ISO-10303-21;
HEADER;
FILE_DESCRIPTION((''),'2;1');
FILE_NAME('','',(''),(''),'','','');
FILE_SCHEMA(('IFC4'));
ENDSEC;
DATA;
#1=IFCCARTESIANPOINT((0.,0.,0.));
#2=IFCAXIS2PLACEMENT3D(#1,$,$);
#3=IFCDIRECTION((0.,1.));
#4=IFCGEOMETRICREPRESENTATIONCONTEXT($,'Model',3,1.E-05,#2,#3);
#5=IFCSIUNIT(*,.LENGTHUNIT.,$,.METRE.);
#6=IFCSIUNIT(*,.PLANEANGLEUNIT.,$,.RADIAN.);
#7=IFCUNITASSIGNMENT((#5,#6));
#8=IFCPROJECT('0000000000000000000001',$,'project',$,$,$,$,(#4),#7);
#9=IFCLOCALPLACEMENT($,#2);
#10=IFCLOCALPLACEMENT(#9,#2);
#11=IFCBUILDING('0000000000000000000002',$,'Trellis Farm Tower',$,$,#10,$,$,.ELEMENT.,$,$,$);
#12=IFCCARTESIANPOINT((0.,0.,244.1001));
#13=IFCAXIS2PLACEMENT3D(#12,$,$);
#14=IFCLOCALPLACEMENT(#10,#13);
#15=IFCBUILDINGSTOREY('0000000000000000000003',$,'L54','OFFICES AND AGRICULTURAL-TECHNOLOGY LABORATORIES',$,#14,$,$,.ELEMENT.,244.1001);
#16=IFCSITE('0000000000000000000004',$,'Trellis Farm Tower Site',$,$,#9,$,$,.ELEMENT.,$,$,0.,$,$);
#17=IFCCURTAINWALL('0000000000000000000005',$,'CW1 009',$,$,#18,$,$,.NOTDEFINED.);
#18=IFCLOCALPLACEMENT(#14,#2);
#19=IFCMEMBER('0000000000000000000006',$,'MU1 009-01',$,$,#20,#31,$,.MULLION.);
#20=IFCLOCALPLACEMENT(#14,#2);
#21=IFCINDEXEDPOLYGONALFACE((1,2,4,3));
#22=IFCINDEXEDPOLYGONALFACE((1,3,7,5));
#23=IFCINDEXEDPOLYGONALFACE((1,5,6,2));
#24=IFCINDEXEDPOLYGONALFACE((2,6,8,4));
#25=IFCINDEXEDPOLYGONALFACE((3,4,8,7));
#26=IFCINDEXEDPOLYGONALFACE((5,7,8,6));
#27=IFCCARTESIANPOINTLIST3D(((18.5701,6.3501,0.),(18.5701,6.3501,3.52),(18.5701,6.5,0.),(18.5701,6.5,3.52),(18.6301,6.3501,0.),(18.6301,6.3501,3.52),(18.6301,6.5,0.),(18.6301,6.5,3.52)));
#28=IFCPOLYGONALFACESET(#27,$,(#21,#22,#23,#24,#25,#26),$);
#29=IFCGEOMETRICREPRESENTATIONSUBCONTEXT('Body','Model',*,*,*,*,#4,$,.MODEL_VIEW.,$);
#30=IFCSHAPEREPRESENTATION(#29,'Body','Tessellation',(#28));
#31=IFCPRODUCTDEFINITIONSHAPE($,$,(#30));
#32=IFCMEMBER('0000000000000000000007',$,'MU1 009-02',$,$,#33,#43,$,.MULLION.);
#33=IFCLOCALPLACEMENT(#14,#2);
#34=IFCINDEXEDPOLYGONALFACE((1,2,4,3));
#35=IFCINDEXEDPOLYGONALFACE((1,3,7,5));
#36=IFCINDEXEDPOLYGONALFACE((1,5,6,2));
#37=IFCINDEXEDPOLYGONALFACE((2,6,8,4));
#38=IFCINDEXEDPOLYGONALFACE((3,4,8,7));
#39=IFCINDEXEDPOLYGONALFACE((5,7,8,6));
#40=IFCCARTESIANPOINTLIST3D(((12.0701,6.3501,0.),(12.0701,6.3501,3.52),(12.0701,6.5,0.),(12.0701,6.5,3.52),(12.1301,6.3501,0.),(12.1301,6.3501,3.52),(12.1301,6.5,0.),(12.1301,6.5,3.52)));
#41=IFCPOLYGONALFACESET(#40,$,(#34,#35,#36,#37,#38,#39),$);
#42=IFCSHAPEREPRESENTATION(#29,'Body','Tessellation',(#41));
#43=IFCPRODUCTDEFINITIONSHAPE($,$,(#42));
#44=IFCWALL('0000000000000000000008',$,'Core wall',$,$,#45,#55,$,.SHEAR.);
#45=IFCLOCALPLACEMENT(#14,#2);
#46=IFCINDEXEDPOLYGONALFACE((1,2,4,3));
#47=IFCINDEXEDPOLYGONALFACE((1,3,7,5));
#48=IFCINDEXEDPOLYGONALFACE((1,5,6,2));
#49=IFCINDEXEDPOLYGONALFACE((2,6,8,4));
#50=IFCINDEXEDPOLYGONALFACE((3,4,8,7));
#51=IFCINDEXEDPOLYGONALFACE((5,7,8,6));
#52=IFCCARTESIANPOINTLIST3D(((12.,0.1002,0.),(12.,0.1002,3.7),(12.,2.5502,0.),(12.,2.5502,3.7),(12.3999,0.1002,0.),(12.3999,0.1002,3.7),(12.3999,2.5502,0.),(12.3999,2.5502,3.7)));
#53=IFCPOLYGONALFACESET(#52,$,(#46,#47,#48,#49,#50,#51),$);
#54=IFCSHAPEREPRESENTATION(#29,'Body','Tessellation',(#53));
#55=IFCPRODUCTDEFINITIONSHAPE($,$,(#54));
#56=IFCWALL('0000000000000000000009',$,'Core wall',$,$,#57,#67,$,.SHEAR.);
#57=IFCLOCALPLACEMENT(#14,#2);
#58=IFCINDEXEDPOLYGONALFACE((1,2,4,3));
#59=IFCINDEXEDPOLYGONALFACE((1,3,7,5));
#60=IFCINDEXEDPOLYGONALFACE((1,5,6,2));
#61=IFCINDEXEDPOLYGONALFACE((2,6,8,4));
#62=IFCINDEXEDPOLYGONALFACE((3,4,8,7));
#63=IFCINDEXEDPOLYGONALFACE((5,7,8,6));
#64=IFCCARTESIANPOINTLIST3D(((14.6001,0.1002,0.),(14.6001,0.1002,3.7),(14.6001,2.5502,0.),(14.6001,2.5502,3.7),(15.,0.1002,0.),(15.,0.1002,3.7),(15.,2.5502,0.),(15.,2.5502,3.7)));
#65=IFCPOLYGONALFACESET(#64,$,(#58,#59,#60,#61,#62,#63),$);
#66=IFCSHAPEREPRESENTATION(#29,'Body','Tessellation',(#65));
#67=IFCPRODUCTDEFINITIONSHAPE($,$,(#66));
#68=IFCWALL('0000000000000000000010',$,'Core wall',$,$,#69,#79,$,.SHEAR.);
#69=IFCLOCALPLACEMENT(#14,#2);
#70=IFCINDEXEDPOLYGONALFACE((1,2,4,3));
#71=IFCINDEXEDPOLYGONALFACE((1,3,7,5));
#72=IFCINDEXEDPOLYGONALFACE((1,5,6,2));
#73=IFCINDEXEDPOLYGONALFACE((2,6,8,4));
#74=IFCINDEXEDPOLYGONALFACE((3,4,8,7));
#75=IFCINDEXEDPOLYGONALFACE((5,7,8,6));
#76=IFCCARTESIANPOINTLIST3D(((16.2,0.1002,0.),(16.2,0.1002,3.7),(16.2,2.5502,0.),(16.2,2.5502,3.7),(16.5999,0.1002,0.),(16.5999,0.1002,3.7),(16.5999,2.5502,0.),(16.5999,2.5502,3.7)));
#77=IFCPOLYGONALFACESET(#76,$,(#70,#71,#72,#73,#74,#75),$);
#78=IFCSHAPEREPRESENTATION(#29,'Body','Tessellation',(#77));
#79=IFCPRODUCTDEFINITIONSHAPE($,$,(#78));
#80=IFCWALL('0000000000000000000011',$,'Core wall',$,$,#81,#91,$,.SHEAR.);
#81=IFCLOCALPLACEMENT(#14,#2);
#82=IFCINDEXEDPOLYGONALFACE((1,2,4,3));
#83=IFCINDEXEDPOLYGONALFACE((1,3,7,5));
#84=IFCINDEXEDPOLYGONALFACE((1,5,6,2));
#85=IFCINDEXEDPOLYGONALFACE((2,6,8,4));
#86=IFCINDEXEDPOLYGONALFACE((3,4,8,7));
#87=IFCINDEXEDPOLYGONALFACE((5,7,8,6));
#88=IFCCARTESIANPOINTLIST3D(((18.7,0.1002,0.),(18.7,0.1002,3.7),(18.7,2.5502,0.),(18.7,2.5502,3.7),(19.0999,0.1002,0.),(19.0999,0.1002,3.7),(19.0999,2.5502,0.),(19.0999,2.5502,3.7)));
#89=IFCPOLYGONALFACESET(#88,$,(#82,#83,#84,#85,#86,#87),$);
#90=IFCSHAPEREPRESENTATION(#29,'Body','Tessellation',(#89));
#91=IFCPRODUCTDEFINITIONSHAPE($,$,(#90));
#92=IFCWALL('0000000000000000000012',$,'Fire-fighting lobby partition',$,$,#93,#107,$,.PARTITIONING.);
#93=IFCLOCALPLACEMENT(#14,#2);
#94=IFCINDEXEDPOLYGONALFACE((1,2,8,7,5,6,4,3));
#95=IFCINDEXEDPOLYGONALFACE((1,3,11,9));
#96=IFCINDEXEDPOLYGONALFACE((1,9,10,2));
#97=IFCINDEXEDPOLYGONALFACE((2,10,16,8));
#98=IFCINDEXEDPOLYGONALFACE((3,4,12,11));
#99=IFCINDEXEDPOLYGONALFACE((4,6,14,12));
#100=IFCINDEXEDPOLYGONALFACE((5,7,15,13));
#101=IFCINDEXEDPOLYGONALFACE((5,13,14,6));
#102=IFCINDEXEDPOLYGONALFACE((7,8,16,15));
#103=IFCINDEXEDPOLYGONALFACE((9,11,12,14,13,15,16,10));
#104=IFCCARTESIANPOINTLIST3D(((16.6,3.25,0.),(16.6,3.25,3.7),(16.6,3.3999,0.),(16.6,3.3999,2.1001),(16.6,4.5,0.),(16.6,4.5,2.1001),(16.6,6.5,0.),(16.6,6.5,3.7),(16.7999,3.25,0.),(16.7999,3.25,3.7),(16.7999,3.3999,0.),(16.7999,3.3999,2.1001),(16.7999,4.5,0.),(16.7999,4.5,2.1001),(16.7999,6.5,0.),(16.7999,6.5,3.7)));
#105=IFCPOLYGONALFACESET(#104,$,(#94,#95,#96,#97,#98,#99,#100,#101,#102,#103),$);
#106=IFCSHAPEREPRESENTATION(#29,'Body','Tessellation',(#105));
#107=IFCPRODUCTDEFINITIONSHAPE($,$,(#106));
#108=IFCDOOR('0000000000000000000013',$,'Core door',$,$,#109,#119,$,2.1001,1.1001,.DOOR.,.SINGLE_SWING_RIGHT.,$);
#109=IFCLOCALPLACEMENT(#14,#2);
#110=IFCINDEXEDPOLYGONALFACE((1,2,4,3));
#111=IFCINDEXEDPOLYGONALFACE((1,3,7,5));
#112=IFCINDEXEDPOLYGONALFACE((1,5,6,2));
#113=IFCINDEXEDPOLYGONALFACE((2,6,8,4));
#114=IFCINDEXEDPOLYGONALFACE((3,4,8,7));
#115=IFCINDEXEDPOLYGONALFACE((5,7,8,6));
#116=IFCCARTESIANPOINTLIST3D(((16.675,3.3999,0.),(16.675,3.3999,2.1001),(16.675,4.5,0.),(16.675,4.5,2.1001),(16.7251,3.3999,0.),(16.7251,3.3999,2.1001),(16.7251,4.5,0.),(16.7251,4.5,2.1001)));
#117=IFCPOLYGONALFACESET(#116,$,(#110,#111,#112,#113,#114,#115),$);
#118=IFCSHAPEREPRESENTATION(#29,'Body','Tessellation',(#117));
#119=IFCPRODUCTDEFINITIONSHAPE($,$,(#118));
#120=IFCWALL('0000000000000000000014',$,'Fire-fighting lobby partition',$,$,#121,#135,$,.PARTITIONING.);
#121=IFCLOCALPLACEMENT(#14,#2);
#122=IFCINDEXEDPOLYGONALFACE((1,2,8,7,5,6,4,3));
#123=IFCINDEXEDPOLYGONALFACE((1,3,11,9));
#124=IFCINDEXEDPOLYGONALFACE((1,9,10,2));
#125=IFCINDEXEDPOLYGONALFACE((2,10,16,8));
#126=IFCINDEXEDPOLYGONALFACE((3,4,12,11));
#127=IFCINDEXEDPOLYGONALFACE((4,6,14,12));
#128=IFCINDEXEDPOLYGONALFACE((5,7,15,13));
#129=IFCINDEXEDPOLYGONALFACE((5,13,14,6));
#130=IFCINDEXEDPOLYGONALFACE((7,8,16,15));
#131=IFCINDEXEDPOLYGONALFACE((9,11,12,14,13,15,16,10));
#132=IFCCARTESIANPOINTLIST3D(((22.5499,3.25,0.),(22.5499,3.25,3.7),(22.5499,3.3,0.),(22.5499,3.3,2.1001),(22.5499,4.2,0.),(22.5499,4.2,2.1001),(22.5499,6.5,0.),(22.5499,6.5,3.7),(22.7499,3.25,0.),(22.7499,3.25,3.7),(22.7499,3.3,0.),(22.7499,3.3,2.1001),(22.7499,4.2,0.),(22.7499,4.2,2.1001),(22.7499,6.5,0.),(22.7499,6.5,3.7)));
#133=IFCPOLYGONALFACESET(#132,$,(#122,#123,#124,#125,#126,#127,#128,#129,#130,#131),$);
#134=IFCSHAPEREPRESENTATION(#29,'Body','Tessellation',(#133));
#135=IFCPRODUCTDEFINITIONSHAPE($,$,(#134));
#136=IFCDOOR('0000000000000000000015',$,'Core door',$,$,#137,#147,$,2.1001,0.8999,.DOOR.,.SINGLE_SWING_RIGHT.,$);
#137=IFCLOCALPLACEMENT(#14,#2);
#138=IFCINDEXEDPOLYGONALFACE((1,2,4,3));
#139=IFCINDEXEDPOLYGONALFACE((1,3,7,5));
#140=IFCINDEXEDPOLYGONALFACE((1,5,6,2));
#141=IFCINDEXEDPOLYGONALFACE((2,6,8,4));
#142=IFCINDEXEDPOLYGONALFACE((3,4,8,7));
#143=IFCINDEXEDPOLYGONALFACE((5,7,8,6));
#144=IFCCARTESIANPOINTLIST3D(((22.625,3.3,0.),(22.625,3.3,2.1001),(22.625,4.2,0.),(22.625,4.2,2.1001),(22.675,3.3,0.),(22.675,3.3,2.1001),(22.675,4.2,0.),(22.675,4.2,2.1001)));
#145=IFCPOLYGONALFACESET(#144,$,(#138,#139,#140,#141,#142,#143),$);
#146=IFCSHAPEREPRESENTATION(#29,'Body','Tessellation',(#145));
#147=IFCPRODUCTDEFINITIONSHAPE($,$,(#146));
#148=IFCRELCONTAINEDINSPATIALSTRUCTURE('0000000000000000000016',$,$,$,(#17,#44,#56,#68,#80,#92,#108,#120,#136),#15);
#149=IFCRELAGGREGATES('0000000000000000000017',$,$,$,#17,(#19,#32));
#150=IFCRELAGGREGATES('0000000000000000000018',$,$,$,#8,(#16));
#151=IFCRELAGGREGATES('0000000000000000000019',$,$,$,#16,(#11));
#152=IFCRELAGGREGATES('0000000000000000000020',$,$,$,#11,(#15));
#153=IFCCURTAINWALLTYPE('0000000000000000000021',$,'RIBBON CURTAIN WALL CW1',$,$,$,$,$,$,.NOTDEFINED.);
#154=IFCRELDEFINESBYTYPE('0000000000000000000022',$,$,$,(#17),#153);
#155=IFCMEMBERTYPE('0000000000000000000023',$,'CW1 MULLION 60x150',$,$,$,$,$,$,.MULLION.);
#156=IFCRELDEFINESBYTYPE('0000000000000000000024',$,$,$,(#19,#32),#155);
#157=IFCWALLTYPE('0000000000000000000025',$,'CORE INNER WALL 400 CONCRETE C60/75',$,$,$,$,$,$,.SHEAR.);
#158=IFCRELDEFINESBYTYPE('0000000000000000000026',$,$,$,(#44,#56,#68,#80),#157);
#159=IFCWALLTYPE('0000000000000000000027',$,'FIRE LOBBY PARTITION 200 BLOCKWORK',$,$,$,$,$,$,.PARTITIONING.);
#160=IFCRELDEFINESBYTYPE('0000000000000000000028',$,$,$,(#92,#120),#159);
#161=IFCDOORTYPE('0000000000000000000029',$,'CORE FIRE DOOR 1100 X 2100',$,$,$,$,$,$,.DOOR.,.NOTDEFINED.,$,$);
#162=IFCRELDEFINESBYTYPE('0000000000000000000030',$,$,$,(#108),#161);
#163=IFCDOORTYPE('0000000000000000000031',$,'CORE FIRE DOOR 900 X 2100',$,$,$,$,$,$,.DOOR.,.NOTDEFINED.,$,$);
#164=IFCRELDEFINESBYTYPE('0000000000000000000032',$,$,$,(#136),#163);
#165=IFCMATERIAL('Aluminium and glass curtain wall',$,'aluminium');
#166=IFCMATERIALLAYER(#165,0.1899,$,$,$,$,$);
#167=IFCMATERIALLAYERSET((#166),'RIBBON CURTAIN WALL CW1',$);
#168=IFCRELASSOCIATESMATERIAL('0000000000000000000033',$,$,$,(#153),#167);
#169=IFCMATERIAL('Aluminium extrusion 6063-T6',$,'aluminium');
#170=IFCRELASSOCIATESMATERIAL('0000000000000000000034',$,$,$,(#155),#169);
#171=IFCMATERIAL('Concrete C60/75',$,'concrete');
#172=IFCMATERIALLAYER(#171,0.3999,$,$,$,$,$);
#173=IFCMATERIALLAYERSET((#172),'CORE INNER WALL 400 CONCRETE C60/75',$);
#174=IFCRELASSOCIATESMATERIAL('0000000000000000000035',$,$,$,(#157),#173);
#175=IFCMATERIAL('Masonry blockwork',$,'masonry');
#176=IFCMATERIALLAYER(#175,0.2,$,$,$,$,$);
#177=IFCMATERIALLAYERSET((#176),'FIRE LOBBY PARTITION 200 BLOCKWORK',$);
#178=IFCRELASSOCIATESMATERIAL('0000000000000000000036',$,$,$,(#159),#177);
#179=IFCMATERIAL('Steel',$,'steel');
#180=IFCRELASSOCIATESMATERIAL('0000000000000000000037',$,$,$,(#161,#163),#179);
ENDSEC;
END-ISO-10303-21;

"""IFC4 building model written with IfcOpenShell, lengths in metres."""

from ifc_helpers import new_model, si_unit, direction, frame, frame_2d, origin, origin_2d, place, context, subcontext, project, spatial, rectangle, extrude, source, transform, mapped, material, layer, layer_set, material_profile, profile_set, type_object, element, fill, aggregate, save


model = new_model("IFC4")

# Units and contexts
model_context = context("Model", 3, precision=1e-05, world=origin(), true_north=direction((0.0, 1.0)))
body_context = subcontext(model_context, "Body", "Model", "MODEL_VIEW")
ifc_project = project(units=[si_unit("LENGTHUNIT", "METRE"), si_unit("PLANEANGLEUNIT", "RADIAN")], contexts=[model_context])

# Site, building, storey
site_placement = place(None, origin())
site = spatial("IfcSite", under=ifc_project, at=site_placement, Name="Trellis Farm Tower Site", CompositionType="ELEMENT", RefElevation=0.0)
building_placement = place(site_placement, origin())
building = spatial("IfcBuilding", under=site, at=building_placement, Name="Trellis Farm Tower", CompositionType="ELEMENT")
storey_placement = place(building_placement, frame((0.0, 0.0, 244.1001)))
storey = spatial("IfcBuildingStorey", under=building, at=storey_placement, Name="L54", Description="OFFICES AND AGRICULTURAL-TECHNOLOGY LABORATORIES", CompositionType="ELEMENT", Elevation=244.1001)

# Shared definitions
ifc_material_1 = material(Name="Concrete C60/75", Category="concrete")

# Curtain wall, members
ifc_material_2 = material(Name="Aluminium and glass curtain wall", Category="aluminium")
ifc_layer_1 = layer(ifc_material_2, 0.1899)
ifc_layer_set_1 = layer_set([ifc_layer_1], Name="RIBBON CURTAIN WALL CW1")
curtain_wall_type = type_object("IfcCurtainWallType", Name="RIBBON CURTAIN WALL CW1", PredefinedType="NOTDEFINED", material=ifc_layer_set_1)
placement = place(storey_placement, origin())
ifc_material_3 = material(Name="Aluminium extrusion 6063-T6", Category="aluminium")
ifc_material_profile_1 = material_profile(ifc_material_3, rectangle(XDim=0.0601, YDim=0.1499, at=origin_2d()), Name="MULLION 60x150")
ifc_profile_set_1 = profile_set([ifc_material_profile_1], Name="Aluminium extrusion 6063-T6")
member_type = type_object("IfcMemberType", Name="CW1 MULLION 60x150", PredefinedType="MULLION", material=ifc_profile_set_1)
shared_shape_1 = source(origin(), body_context, "Body", "SweptSolid", [
    extrude(rectangle(XDim=0.0601, YDim=0.1499, at=origin_2d()), origin(), (0.0, 0.0, 1.0), 3.52),
])
curtain_wall_1 = element("IfcCurtainWall", 1, at=placement, inside=storey, type_object=curtain_wall_type, Name="CW1 009", PredefinedType="NOTDEFINED")
member_1_placement = place(storey_placement, frame((18.6001, 6.425, 0.0), z_axis=(0.0, 0.0, 1.0), x_axis=(-1.0, 0.0, 0.0)))
member_1 = element("IfcMember", 2, at=member_1_placement, type_object=member_type, Name="MU1 009-01", PredefinedType="MULLION", context=body_context, shape_type="MappedRepresentation", body=[
    mapped(shared_shape_1, transform((0.0, 0.0, 0.0))),
])
member_2_placement = place(storey_placement, frame((12.1001, 6.425, 0.0), z_axis=(0.0, 0.0, 1.0), x_axis=(-1.0, 0.0, 0.0)))
member_2 = element("IfcMember", 3, at=member_2_placement, type_object=member_type, Name="MU1 009-02", PredefinedType="MULLION", context=body_context, shape_type="MappedRepresentation", body=[
    mapped(shared_shape_1, transform((0.0, 0.0, 0.0))),
])
aggregate(curtain_wall_1, [member_1, member_2])

# Walls
ifc_layer_2 = layer(ifc_material_1, 0.3999)
ifc_layer_set_2 = layer_set([ifc_layer_2], Name="CORE INNER WALL 400 CONCRETE C60/75")
wall_type_1 = type_object("IfcWallType", Name="CORE INNER WALL 400 CONCRETE C60/75", PredefinedType="SHEAR", material=ifc_layer_set_2)
shared_shape_2 = source(origin(), body_context, "Body", "SweptSolid", [
    extrude(rectangle(XDim=2.45, YDim=0.3999, at=frame_2d((1.2251, 0.0))), origin(), (0.0, 0.0, 1.0), 3.7),
])
for number, where, z_axis, x_axis, name in (
    (4, (12.2, 0.1001, 0.0), (0.0, 0.0, 1.0), (0.0, 1.0, 0.0), "Core wall"),
    (5, (14.8, 0.1001, 0.0), (0.0, 0.0, 1.0), (0.0, 1.0, 0.0), "Core wall"),
    (6, (16.3999, 0.1001, 0.0), (0.0, 0.0, 1.0), (0.0, 1.0, 0.0), "Core wall"),
    (7, (18.8999, 0.1001, 0.0), (0.0, 0.0, 1.0), (0.0, 1.0, 0.0), "Core wall"),
):
    element("IfcWall", number, at=place(storey_placement, frame(where, z_axis=z_axis, x_axis=x_axis)), inside=storey, type_object=wall_type_1, Name=name, PredefinedType="SHEAR", context=body_context, shape_type="MappedRepresentation", body=[
        mapped(shared_shape_2, transform((0.0, 0.0, 0.0))),
    ])

# Walls, openings, doors
ifc_material_4 = material(Name="Masonry blockwork", Category="masonry")
ifc_layer_3 = layer(ifc_material_4, 0.2)
ifc_layer_set_3 = layer_set([ifc_layer_3], Name="FIRE LOBBY PARTITION 200 BLOCKWORK")
wall_type_2 = type_object("IfcWallType", Name="FIRE LOBBY PARTITION 200 BLOCKWORK", PredefinedType="PARTITIONING", material=ifc_layer_set_3)
shared_shape_3 = source(origin(), body_context, "Body", "SweptSolid", [
    extrude(rectangle(XDim=3.25, YDim=0.2, at=frame_2d((1.625, 0.0))), origin(), (0.0, 0.0, 1.0), 3.7),
])
wall_1_placement = place(storey_placement, frame((16.7, 3.25, 0.0), z_axis=(0.0, 0.0, 1.0), x_axis=(0.0, 1.0, 0.0)))
wall_1 = element("IfcWall", 8, at=wall_1_placement, inside=storey, type_object=wall_type_2, Name="Fire-fighting lobby partition", PredefinedType="PARTITIONING", context=body_context, shape_type="MappedRepresentation", body=[
    mapped(shared_shape_3, transform((0.0, 0.0, 0.0))),
])
shared_shape_4 = source(origin(), body_context, "Body", "SweptSolid", [
    extrude(rectangle(XDim=1.1001, YDim=2.1001, at=frame_2d((0.55, 1.05))), frame((0.0, 0.1101, 0.0), z_axis=(0.0, -1.0, 0.0), x_axis=(1.0, 0.0, 0.0)), (0.0, 0.0, 1.0), 0.2202),
])
opening_1_placement = place(wall_1_placement, frame((0.1499, 0.0, 0.0)))
opening_1 = element("IfcOpeningElement", 9, at=opening_1_placement, cuts=wall_1, PredefinedType="OPENING", context=body_context, shape_type="MappedRepresentation", body=[
    mapped(shared_shape_4, transform((0.0, 0.0, 0.0))),
])
ifc_material_5 = material(Name="Steel", Category="steel")
door_type_1 = type_object("IfcDoorType", Name="CORE FIRE DOOR 1100 X 2100", OperationType="NOTDEFINED", PredefinedType="DOOR", material=ifc_material_5)
shared_shape_5 = source(origin(), body_context, "Body", "SweptSolid", [
    extrude(rectangle(XDim=1.1001, YDim=2.1001, at=frame_2d((0.55, 1.05))), frame((0.0, 0.0249, 0.0), z_axis=(0.0, -1.0, 0.0), x_axis=(1.0, 0.0, 0.0)), (0.0, 0.0, 1.0), 0.05),
])
door_1_placement = place(opening_1_placement, origin())
door_1 = element("IfcDoor", 10, at=door_1_placement, inside=storey, type_object=door_type_1, Name="Core door", OperationType="SINGLE_SWING_RIGHT", OverallHeight=2.1001, OverallWidth=1.1001, PredefinedType="DOOR", context=body_context, shape_type="MappedRepresentation", body=[
    mapped(shared_shape_5, transform((0.0, 0.0, 0.0))),
])
fill(opening_1, door_1)
wall_2_placement = place(storey_placement, frame((22.6499, 3.25, 0.0), z_axis=(0.0, 0.0, 1.0), x_axis=(0.0, 1.0, 0.0)))
wall_2 = element("IfcWall", 11, at=wall_2_placement, inside=storey, type_object=wall_type_2, Name="Fire-fighting lobby partition", PredefinedType="PARTITIONING", context=body_context, shape_type="MappedRepresentation", body=[
    mapped(shared_shape_3, transform((0.0, 0.0, 0.0))),
])
shared_shape_6 = source(origin(), body_context, "Body", "SweptSolid", [
    extrude(rectangle(XDim=0.8999, YDim=2.1001, at=frame_2d((0.45, 1.05))), frame((0.0, 0.1101, 0.0), z_axis=(0.0, -1.0, 0.0), x_axis=(1.0, 0.0, 0.0)), (0.0, 0.0, 1.0), 0.2202),
])
opening_2_placement = place(wall_2_placement, frame((0.05, 0.0, 0.0)))
opening_2 = element("IfcOpeningElement", 12, at=opening_2_placement, cuts=wall_2, PredefinedType="OPENING", context=body_context, shape_type="MappedRepresentation", body=[
    mapped(shared_shape_6, transform((0.0, 0.0, 0.0))),
])
door_type_2 = type_object("IfcDoorType", Name="CORE FIRE DOOR 900 X 2100", OperationType="NOTDEFINED", PredefinedType="DOOR", material=ifc_material_5)
shared_shape_7 = source(origin(), body_context, "Body", "SweptSolid", [
    extrude(rectangle(XDim=0.8999, YDim=2.1001, at=frame_2d((0.45, 1.05))), frame((0.0, 0.0249, 0.0), z_axis=(0.0, -1.0, 0.0), x_axis=(1.0, 0.0, 0.0)), (0.0, 0.0, 1.0), 0.05),
])
door_2_placement = place(opening_2_placement, origin())
door_2 = element("IfcDoor", 13, at=door_2_placement, inside=storey, type_object=door_type_2, Name="Core door", OperationType="SINGLE_SWING_RIGHT", OverallHeight=2.1001, OverallWidth=0.8999, PredefinedType="DOOR", context=body_context, shape_type="MappedRepresentation", body=[
    mapped(shared_shape_7, transform((0.0, 0.0, 0.0))),
])
fill(opening_2, door_2)

save(model, "model.ifc")
